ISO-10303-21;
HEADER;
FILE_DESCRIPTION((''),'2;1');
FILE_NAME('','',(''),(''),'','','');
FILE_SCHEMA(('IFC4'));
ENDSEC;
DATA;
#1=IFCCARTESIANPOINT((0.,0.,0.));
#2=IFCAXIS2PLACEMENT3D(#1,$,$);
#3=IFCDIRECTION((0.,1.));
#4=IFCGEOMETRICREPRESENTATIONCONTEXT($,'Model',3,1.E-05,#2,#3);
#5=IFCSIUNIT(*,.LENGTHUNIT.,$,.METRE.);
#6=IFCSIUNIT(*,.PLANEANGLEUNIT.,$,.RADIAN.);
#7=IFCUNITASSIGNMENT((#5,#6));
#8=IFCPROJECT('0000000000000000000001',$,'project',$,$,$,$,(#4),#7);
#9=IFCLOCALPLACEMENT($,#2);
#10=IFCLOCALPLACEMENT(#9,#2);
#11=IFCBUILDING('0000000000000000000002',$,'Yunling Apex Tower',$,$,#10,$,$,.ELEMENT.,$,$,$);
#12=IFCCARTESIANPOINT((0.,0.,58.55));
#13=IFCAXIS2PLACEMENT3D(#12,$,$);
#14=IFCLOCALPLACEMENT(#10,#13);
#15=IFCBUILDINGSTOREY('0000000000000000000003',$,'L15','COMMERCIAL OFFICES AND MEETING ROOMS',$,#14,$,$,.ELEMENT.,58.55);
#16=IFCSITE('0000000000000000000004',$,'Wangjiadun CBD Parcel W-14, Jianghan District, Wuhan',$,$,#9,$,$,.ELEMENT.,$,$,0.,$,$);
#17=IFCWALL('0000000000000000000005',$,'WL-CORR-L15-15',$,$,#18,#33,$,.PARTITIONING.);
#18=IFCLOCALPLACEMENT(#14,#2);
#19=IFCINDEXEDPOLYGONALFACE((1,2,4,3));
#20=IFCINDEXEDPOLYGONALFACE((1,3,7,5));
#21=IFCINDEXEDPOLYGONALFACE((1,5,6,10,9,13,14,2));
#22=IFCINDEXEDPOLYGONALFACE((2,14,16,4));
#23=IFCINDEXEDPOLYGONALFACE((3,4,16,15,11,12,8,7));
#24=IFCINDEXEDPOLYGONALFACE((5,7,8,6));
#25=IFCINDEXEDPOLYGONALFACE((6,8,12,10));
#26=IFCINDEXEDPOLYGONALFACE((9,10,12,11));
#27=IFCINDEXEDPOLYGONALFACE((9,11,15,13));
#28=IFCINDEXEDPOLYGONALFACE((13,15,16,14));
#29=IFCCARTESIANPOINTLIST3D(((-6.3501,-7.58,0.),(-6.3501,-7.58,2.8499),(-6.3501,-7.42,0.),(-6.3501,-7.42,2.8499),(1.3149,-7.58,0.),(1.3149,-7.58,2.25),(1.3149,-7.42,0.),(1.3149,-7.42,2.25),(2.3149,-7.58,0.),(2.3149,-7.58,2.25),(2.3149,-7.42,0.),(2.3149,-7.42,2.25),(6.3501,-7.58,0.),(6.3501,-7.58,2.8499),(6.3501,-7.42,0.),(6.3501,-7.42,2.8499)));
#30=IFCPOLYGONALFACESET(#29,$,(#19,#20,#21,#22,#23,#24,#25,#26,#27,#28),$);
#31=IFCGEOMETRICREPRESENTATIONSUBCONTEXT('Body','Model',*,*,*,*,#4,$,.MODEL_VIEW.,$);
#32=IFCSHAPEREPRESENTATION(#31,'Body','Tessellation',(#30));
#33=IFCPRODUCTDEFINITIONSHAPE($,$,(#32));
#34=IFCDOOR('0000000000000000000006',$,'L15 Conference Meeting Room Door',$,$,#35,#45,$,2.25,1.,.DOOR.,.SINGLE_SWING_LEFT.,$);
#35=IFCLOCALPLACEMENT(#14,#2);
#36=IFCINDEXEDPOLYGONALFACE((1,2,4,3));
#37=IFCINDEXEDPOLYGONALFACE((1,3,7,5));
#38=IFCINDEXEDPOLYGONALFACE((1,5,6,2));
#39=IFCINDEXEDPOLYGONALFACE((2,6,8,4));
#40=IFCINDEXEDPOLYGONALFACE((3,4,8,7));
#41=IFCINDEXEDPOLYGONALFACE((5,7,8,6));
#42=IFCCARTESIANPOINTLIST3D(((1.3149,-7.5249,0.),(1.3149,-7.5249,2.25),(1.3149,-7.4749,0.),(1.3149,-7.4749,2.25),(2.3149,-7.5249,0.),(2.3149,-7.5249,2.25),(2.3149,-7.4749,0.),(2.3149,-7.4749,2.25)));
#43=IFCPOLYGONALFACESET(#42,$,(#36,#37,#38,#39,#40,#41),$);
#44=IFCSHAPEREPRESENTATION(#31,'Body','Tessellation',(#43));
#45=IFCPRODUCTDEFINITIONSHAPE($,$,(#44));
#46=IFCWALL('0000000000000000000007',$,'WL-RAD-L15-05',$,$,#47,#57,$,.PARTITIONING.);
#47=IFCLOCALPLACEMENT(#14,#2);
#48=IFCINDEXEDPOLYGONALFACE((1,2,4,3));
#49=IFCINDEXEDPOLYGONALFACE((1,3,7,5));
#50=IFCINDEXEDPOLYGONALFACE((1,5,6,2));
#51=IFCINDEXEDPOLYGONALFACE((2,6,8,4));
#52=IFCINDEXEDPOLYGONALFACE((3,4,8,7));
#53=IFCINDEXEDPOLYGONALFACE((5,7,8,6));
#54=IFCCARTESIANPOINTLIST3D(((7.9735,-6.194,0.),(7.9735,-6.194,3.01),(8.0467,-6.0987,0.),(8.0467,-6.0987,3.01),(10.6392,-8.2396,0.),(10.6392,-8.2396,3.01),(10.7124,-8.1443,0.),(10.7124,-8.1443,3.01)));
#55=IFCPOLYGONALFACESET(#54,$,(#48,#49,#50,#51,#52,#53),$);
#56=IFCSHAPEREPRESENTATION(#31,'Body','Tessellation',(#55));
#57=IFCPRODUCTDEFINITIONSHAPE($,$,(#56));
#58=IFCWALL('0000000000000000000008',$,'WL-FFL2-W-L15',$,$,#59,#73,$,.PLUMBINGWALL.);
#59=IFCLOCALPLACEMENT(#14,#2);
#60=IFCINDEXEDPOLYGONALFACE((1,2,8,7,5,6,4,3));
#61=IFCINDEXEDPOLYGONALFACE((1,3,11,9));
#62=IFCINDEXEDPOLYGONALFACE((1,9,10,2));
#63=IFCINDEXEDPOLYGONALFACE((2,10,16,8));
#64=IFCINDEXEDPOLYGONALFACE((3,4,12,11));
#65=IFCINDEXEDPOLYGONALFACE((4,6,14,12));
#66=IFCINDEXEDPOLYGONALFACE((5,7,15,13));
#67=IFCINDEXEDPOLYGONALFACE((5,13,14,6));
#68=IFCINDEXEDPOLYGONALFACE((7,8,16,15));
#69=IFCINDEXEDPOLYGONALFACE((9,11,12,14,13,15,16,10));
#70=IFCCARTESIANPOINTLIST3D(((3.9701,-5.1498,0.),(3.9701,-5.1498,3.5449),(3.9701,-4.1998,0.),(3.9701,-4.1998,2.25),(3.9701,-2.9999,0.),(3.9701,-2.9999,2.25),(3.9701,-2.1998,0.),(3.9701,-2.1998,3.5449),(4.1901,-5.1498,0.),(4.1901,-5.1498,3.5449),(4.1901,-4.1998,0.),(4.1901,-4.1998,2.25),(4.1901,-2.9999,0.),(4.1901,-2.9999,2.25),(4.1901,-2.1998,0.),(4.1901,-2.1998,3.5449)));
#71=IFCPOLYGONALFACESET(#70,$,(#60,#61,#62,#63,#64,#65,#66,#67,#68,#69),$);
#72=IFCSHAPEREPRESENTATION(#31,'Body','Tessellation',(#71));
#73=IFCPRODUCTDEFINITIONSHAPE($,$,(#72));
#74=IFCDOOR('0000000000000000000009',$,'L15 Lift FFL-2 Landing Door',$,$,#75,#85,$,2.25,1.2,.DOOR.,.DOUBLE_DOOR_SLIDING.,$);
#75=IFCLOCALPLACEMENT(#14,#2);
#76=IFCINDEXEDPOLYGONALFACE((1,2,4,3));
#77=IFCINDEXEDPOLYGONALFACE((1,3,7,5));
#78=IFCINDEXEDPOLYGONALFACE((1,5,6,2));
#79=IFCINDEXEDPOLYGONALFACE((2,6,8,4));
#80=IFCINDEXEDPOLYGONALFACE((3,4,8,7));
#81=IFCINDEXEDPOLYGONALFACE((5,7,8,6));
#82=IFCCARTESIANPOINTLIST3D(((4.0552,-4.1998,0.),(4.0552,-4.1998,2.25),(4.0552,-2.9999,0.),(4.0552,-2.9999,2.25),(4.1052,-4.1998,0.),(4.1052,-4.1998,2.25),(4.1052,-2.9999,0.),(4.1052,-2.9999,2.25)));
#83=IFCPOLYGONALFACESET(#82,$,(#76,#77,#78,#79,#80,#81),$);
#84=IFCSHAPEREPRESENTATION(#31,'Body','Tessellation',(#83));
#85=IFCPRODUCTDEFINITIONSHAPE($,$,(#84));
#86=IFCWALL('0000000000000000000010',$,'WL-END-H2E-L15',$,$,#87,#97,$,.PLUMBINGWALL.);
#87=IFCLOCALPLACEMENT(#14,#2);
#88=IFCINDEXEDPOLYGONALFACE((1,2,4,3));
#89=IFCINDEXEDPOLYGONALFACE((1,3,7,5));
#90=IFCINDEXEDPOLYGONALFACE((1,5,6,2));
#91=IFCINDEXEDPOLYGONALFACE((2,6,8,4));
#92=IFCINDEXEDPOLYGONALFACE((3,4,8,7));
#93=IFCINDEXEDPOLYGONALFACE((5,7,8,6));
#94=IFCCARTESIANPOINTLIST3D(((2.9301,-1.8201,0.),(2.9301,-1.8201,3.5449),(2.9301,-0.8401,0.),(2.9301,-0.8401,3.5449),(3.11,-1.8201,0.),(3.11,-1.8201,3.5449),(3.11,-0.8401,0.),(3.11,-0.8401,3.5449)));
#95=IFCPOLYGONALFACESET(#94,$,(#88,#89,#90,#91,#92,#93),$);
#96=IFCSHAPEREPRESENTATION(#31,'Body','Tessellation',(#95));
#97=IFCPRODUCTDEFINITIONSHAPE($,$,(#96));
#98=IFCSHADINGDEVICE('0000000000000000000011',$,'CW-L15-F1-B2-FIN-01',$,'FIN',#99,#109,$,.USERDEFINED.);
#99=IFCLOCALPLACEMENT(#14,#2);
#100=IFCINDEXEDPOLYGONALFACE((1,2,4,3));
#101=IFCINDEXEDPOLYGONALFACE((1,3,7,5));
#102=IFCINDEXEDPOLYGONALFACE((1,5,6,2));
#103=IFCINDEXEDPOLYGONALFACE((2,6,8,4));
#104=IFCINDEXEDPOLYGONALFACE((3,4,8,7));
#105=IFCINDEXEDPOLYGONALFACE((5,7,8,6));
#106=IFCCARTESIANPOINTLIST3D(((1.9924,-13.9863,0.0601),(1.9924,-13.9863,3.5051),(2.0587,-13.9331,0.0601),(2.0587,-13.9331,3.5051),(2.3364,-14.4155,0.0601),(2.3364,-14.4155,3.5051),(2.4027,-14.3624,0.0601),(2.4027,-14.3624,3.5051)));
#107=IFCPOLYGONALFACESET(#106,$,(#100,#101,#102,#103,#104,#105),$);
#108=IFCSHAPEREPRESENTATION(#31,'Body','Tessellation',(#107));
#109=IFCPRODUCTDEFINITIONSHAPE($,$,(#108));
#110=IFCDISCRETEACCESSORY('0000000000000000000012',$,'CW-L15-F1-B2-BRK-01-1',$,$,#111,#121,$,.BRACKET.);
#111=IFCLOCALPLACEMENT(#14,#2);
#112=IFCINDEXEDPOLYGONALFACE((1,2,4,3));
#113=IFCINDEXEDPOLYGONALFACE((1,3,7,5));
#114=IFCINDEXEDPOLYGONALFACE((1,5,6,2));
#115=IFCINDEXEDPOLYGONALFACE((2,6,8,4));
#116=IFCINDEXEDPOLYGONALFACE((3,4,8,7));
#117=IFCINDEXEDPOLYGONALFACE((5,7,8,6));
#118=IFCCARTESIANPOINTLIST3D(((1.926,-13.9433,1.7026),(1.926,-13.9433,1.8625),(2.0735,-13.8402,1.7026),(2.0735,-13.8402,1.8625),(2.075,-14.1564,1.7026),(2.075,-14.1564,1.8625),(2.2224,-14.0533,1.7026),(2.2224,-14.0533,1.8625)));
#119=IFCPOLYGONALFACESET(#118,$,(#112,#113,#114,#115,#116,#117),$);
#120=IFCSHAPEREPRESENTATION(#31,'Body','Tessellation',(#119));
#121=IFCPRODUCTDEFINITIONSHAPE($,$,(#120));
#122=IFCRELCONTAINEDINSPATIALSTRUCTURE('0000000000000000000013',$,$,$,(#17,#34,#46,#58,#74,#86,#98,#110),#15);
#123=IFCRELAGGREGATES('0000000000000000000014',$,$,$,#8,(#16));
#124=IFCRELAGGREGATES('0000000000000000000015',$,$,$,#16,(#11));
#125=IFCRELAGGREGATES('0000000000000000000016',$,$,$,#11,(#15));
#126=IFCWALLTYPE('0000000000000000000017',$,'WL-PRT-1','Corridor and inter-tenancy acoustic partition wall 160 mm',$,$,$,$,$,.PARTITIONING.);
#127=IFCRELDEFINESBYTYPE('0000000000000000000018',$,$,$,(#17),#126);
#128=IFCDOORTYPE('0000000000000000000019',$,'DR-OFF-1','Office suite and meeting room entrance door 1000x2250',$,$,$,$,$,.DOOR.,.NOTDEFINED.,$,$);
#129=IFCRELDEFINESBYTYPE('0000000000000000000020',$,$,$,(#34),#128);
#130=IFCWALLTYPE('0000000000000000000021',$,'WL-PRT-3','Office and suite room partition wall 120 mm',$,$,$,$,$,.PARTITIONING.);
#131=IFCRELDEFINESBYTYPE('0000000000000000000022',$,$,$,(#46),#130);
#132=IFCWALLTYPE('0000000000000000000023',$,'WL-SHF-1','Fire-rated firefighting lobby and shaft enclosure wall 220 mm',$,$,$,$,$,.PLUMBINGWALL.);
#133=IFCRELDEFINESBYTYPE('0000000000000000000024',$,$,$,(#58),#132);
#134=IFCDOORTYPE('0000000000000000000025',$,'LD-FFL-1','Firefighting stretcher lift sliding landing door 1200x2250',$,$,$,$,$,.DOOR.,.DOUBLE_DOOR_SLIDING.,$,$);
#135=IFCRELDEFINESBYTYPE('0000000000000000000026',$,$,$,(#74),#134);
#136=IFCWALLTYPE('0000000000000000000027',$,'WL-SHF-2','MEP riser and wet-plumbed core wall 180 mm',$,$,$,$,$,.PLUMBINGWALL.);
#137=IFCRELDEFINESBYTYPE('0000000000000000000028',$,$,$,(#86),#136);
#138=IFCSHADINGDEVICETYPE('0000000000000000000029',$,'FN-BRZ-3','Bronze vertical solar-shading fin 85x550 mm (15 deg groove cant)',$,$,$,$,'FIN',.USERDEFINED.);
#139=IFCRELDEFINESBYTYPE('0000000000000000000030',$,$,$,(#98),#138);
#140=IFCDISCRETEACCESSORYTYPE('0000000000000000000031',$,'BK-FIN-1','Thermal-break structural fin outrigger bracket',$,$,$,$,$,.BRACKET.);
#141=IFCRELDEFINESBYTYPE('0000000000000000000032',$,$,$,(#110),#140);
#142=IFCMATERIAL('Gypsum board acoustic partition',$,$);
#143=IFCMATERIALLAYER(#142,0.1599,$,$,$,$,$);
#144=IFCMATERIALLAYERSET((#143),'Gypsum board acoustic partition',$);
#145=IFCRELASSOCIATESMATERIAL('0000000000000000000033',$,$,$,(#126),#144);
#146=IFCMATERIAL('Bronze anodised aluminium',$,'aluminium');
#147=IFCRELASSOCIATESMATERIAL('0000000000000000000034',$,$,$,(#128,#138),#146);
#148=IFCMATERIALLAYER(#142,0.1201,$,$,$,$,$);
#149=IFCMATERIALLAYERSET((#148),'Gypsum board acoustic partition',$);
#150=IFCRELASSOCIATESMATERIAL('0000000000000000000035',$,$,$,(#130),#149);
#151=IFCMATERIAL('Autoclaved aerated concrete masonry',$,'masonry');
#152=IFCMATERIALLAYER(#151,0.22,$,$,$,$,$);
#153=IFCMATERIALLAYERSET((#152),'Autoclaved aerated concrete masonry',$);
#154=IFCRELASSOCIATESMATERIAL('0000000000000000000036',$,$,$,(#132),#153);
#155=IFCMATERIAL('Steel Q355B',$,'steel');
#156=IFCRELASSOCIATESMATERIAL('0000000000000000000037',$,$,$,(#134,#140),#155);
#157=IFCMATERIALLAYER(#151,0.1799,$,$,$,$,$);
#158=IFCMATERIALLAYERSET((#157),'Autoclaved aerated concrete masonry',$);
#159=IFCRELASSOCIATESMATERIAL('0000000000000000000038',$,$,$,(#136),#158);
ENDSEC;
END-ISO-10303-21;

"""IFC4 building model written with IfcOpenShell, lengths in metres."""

from ifc_helpers import new_model, si_unit, direction, frame, frame_2d, origin, origin_2d, place, context, subcontext, project, spatial, rectangle, extrude, source, transform, mapped, material, layer, layer_set, material_profile, profile_set, type_object, element, fill, save


model = new_model("IFC4")

# Units and contexts
model_context = context("Model", 3, precision=1e-05, world=origin(), true_north=direction((0.0, 1.0)))
body_context = subcontext(model_context, "Body", "Model", "MODEL_VIEW")
ifc_project = project(units=[si_unit("LENGTHUNIT", "METRE"), si_unit("PLANEANGLEUNIT", "RADIAN")], contexts=[model_context])

# Site, building, storey
site_placement = place(None, origin())
site = spatial("IfcSite", under=ifc_project, at=site_placement, Name="Wangjiadun CBD Parcel W-14, Jianghan District, Wuhan", CompositionType="ELEMENT", RefElevation=0.0)
building_placement = place(site_placement, origin())
building = spatial("IfcBuilding", under=site, at=building_placement, Name="Yunling Apex Tower", CompositionType="ELEMENT")
storey_placement = place(building_placement, frame((0.0, 0.0, 58.55)))
storey = spatial("IfcBuildingStorey", under=building, at=storey_placement, Name="L15", Description="COMMERCIAL OFFICES AND MEETING ROOMS", CompositionType="ELEMENT", Elevation=58.55)

# Shared definitions
ifc_material_1 = material(Name="Steel Q355B", Category="steel")

# Shared definitions
ifc_material_2 = material(Name="Bronze anodised aluminium", Category="aluminium")

# Shared definitions
ifc_material_3 = material(Name="Gypsum board acoustic partition")
ifc_layer_1 = layer(ifc_material_3, 0.1599)
ifc_layer_set_1 = layer_set([ifc_layer_1], Name="Gypsum board acoustic partition")
wall_type_1 = type_object("IfcWallType", Name="WL-PRT-1", Description="Corridor and inter-tenancy acoustic partition wall 160 mm", PredefinedType="PARTITIONING", material=ifc_layer_set_1)

# Wall, opening, door
wall_1_placement = place(storey_placement, frame((6.3501, -7.5, 0.0), z_axis=(0.0, 0.0, 1.0), x_axis=(-1.0, 0.0, 0.0)))
wall_1 = element("IfcWall", 1, at=wall_1_placement, inside=storey, type_object=wall_type_1, Name="WL-CORR-L15-15", PredefinedType="PARTITIONING", context=body_context, shape_type="SweptSolid", body=[
    extrude(rectangle(XDim=12.7002, YDim=0.1599, at=frame_2d((6.3501, 0.0))), origin(), (0.0, 0.0, 1.0), 2.8499),
])
opening_1_placement = place(wall_1_placement, frame((4.0352, 0.0, 0.0)))
opening_1 = element("IfcOpeningElement", 2, at=opening_1_placement, cuts=wall_1, PredefinedType="OPENING", context=body_context, shape_type="SweptSolid", body=[
    extrude(rectangle(XDim=1.0, YDim=2.25, at=frame_2d((0.5, 1.125))), frame((0.0, 0.0898, 0.0), z_axis=(0.0, -1.0, 0.0), x_axis=(1.0, 0.0, 0.0)), (0.0, 0.0, 1.0), 0.1799),
])
door_type_1 = type_object("IfcDoorType", Name="DR-OFF-1", Description="Office suite and meeting room entrance door 1000x2250", OperationType="NOTDEFINED", PredefinedType="DOOR", material=ifc_material_2)
door_1_placement = place(opening_1_placement, origin())
door_1 = element("IfcDoor", 3, at=door_1_placement, inside=storey, type_object=door_type_1, Name="L15 Conference Meeting Room Door", OperationType="SINGLE_SWING_LEFT", OverallHeight=2.25, OverallWidth=1.0, PredefinedType="DOOR", context=body_context, shape_type="SweptSolid", body=[
    extrude(rectangle(XDim=1.0, YDim=2.25, at=frame_2d((0.5, 1.125))), frame((0.0, 0.0249, 0.0), z_axis=(0.0, -1.0, 0.0), x_axis=(1.0, 0.0, 0.0)), (0.0, 0.0, 1.0), 0.05),
])
fill(opening_1, door_1)

# Wall
ifc_layer_2 = layer(ifc_material_3, 0.1201)
ifc_layer_set_2 = layer_set([ifc_layer_2], Name="Gypsum board acoustic partition")
wall_type_2 = type_object("IfcWallType", Name="WL-PRT-3", Description="Office and suite room partition wall 120 mm", PredefinedType="PARTITIONING", material=ifc_layer_set_2)
wall_2_placement = place(storey_placement, frame((8.01, -6.1462, 0.0), z_axis=(0.0, 0.0, 1.0), x_axis=(0.793334, -0.608787, 0.0)))
element("IfcWall", 4, at=wall_2_placement, inside=storey, type_object=wall_type_2, Name="WL-RAD-L15-05", PredefinedType="PARTITIONING", context=body_context, shape_type="SweptSolid", body=[
    extrude(rectangle(XDim=3.3601, YDim=0.1201, at=frame_2d((1.6802, 0.0))), origin(), (0.0, 0.0, 1.0), 3.01),
])

# Wall, opening, door
ifc_material_4 = material(Name="Autoclaved aerated concrete masonry", Category="masonry")
ifc_layer_3 = layer(ifc_material_4, 0.22)
ifc_layer_set_3 = layer_set([ifc_layer_3], Name="Autoclaved aerated concrete masonry")
wall_type_3 = type_object("IfcWallType", Name="WL-SHF-1", Description="Fire-rated firefighting lobby and shaft enclosure wall 220 mm", PredefinedType="PLUMBINGWALL", material=ifc_layer_set_3)
wall_3_placement = place(storey_placement, frame((4.0801, -5.1499, 0.0), z_axis=(0.0, 0.0, 1.0), x_axis=(0.0, 1.0, 0.0)))
wall_3 = element("IfcWall", 5, at=wall_3_placement, inside=storey, type_object=wall_type_3, Name="WL-FFL2-W-L15", PredefinedType="PLUMBINGWALL", context=body_context, shape_type="SweptSolid", body=[
    extrude(rectangle(XDim=2.95, YDim=0.22, at=frame_2d((1.4751, 0.0))), origin(), (0.0, 0.0, 1.0), 3.5449),
])
opening_2_placement = place(wall_3_placement, frame((0.95, 0.0, 0.0)))
opening_2 = element("IfcOpeningElement", 6, at=opening_2_placement, cuts=wall_3, PredefinedType="OPENING", context=body_context, shape_type="SweptSolid", body=[
    extrude(rectangle(XDim=1.2, YDim=2.25, at=frame_2d((0.6001, 1.125))), frame((0.0, 0.1201, 0.0), z_axis=(0.0, -1.0, 0.0), x_axis=(1.0, 0.0, 0.0)), (0.0, 0.0, 1.0), 0.24),
])
door_type_2 = type_object("IfcDoorType", Name="LD-FFL-1", Description="Firefighting stretcher lift sliding landing door 1200x2250", OperationType="DOUBLE_DOOR_SLIDING", PredefinedType="DOOR", material=ifc_material_1)
door_2_placement = place(opening_2_placement, origin())
door_2 = element("IfcDoor", 7, at=door_2_placement, inside=storey, type_object=door_type_2, Name="L15 Lift FFL-2 Landing Door", OperationType="DOUBLE_DOOR_SLIDING", OverallHeight=2.25, OverallWidth=1.2, PredefinedType="DOOR", context=body_context, shape_type="SweptSolid", body=[
    extrude(rectangle(XDim=1.2, YDim=2.25, at=frame_2d((0.6001, 1.125))), frame((0.0, 0.0249, 0.0), z_axis=(0.0, -1.0, 0.0), x_axis=(1.0, 0.0, 0.0)), (0.0, 0.0, 1.0), 0.05),
])
fill(opening_2, door_2)

# Wall
ifc_layer_4 = layer(ifc_material_4, 0.1799)
ifc_layer_set_4 = layer_set([ifc_layer_4], Name="Autoclaved aerated concrete masonry")
wall_type_4 = type_object("IfcWallType", Name="WL-SHF-2", Description="MEP riser and wet-plumbed core wall 180 mm", PredefinedType="PLUMBINGWALL", material=ifc_layer_set_4)
wall_4_placement = place(storey_placement, frame((3.02, -1.8201, 0.0), z_axis=(0.0, 0.0, 1.0), x_axis=(0.0, 1.0, 0.0)))
element("IfcWall", 8, at=wall_4_placement, inside=storey, type_object=wall_type_4, Name="WL-END-H2E-L15", PredefinedType="PLUMBINGWALL", context=body_context, shape_type="SweptSolid", body=[
    extrude(rectangle(XDim=0.98, YDim=0.1799, at=frame_2d((0.49, 0.0))), origin(), (0.0, 0.0, 1.0), 3.5449),
])

# Shading device
ifc_material_profile_1 = material_profile(ifc_material_2, rectangle(XDim=0.085, YDim=0.55, at=origin_2d()))
ifc_profile_set_1 = profile_set([ifc_material_profile_1], Name="Bronze anodised aluminium")
shading_device_type = type_object("IfcShadingDeviceType", Name="FN-BRZ-3", Description="Bronze vertical solar-shading fin 85x550 mm (15 deg groove cant)", ElementType="FIN", PredefinedType="USERDEFINED", material=ifc_profile_set_1)
shared_shape_1 = source(origin(), body_context, "Body", "SweptSolid", [
    extrude(rectangle(XDim=0.085, YDim=0.55, at=origin_2d()), origin(), (0.0, 0.0, 1.0), 3.4451),
])
shading_device_placement = place(storey_placement, frame((2.1975, -14.1743, 0.0601), z_axis=(0.0, 0.0, 1.0), x_axis=(0.780321, 0.625379, 0.0)))
element("IfcShadingDevice", 9, at=shading_device_placement, inside=storey, type_object=shading_device_type, Name="CW-L15-F1-B2-FIN-01", ObjectType="FIN", PredefinedType="USERDEFINED", context=body_context, shape_type="MappedRepresentation", body=[
    mapped(shared_shape_1, transform((0.0, 0.0, 0.0), scale=1.0)),
])

# Discrete accessory
discrete_accessory_type = type_object("IfcDiscreteAccessoryType", Name="BK-FIN-1", Description="Thermal-break structural fin outrigger bracket", PredefinedType="BRACKET", material=ifc_material_1)
shared_shape_2 = source(origin(), body_context, "Body", "SweptSolid", [
    extrude(rectangle(XDim=0.1799, YDim=0.26, at=origin_2d()), origin(), (0.0, 0.0, 1.0), 0.1599),
])
discrete_accessory_placement = place(storey_placement, frame((2.0742, -13.9983, 1.7026), z_axis=(0.0, 0.0, 1.0), x_axis=(0.819552, 0.573004, 0.0)))
element("IfcDiscreteAccessory", 10, at=discrete_accessory_placement, inside=storey, type_object=discrete_accessory_type, Name="CW-L15-F1-B2-BRK-01-1", PredefinedType="BRACKET", context=body_context, shape_type="MappedRepresentation", body=[
    mapped(shared_shape_2, transform((0.0, 0.0, 0.0), scale=1.0)),
])

save(model, "model.ifc")
